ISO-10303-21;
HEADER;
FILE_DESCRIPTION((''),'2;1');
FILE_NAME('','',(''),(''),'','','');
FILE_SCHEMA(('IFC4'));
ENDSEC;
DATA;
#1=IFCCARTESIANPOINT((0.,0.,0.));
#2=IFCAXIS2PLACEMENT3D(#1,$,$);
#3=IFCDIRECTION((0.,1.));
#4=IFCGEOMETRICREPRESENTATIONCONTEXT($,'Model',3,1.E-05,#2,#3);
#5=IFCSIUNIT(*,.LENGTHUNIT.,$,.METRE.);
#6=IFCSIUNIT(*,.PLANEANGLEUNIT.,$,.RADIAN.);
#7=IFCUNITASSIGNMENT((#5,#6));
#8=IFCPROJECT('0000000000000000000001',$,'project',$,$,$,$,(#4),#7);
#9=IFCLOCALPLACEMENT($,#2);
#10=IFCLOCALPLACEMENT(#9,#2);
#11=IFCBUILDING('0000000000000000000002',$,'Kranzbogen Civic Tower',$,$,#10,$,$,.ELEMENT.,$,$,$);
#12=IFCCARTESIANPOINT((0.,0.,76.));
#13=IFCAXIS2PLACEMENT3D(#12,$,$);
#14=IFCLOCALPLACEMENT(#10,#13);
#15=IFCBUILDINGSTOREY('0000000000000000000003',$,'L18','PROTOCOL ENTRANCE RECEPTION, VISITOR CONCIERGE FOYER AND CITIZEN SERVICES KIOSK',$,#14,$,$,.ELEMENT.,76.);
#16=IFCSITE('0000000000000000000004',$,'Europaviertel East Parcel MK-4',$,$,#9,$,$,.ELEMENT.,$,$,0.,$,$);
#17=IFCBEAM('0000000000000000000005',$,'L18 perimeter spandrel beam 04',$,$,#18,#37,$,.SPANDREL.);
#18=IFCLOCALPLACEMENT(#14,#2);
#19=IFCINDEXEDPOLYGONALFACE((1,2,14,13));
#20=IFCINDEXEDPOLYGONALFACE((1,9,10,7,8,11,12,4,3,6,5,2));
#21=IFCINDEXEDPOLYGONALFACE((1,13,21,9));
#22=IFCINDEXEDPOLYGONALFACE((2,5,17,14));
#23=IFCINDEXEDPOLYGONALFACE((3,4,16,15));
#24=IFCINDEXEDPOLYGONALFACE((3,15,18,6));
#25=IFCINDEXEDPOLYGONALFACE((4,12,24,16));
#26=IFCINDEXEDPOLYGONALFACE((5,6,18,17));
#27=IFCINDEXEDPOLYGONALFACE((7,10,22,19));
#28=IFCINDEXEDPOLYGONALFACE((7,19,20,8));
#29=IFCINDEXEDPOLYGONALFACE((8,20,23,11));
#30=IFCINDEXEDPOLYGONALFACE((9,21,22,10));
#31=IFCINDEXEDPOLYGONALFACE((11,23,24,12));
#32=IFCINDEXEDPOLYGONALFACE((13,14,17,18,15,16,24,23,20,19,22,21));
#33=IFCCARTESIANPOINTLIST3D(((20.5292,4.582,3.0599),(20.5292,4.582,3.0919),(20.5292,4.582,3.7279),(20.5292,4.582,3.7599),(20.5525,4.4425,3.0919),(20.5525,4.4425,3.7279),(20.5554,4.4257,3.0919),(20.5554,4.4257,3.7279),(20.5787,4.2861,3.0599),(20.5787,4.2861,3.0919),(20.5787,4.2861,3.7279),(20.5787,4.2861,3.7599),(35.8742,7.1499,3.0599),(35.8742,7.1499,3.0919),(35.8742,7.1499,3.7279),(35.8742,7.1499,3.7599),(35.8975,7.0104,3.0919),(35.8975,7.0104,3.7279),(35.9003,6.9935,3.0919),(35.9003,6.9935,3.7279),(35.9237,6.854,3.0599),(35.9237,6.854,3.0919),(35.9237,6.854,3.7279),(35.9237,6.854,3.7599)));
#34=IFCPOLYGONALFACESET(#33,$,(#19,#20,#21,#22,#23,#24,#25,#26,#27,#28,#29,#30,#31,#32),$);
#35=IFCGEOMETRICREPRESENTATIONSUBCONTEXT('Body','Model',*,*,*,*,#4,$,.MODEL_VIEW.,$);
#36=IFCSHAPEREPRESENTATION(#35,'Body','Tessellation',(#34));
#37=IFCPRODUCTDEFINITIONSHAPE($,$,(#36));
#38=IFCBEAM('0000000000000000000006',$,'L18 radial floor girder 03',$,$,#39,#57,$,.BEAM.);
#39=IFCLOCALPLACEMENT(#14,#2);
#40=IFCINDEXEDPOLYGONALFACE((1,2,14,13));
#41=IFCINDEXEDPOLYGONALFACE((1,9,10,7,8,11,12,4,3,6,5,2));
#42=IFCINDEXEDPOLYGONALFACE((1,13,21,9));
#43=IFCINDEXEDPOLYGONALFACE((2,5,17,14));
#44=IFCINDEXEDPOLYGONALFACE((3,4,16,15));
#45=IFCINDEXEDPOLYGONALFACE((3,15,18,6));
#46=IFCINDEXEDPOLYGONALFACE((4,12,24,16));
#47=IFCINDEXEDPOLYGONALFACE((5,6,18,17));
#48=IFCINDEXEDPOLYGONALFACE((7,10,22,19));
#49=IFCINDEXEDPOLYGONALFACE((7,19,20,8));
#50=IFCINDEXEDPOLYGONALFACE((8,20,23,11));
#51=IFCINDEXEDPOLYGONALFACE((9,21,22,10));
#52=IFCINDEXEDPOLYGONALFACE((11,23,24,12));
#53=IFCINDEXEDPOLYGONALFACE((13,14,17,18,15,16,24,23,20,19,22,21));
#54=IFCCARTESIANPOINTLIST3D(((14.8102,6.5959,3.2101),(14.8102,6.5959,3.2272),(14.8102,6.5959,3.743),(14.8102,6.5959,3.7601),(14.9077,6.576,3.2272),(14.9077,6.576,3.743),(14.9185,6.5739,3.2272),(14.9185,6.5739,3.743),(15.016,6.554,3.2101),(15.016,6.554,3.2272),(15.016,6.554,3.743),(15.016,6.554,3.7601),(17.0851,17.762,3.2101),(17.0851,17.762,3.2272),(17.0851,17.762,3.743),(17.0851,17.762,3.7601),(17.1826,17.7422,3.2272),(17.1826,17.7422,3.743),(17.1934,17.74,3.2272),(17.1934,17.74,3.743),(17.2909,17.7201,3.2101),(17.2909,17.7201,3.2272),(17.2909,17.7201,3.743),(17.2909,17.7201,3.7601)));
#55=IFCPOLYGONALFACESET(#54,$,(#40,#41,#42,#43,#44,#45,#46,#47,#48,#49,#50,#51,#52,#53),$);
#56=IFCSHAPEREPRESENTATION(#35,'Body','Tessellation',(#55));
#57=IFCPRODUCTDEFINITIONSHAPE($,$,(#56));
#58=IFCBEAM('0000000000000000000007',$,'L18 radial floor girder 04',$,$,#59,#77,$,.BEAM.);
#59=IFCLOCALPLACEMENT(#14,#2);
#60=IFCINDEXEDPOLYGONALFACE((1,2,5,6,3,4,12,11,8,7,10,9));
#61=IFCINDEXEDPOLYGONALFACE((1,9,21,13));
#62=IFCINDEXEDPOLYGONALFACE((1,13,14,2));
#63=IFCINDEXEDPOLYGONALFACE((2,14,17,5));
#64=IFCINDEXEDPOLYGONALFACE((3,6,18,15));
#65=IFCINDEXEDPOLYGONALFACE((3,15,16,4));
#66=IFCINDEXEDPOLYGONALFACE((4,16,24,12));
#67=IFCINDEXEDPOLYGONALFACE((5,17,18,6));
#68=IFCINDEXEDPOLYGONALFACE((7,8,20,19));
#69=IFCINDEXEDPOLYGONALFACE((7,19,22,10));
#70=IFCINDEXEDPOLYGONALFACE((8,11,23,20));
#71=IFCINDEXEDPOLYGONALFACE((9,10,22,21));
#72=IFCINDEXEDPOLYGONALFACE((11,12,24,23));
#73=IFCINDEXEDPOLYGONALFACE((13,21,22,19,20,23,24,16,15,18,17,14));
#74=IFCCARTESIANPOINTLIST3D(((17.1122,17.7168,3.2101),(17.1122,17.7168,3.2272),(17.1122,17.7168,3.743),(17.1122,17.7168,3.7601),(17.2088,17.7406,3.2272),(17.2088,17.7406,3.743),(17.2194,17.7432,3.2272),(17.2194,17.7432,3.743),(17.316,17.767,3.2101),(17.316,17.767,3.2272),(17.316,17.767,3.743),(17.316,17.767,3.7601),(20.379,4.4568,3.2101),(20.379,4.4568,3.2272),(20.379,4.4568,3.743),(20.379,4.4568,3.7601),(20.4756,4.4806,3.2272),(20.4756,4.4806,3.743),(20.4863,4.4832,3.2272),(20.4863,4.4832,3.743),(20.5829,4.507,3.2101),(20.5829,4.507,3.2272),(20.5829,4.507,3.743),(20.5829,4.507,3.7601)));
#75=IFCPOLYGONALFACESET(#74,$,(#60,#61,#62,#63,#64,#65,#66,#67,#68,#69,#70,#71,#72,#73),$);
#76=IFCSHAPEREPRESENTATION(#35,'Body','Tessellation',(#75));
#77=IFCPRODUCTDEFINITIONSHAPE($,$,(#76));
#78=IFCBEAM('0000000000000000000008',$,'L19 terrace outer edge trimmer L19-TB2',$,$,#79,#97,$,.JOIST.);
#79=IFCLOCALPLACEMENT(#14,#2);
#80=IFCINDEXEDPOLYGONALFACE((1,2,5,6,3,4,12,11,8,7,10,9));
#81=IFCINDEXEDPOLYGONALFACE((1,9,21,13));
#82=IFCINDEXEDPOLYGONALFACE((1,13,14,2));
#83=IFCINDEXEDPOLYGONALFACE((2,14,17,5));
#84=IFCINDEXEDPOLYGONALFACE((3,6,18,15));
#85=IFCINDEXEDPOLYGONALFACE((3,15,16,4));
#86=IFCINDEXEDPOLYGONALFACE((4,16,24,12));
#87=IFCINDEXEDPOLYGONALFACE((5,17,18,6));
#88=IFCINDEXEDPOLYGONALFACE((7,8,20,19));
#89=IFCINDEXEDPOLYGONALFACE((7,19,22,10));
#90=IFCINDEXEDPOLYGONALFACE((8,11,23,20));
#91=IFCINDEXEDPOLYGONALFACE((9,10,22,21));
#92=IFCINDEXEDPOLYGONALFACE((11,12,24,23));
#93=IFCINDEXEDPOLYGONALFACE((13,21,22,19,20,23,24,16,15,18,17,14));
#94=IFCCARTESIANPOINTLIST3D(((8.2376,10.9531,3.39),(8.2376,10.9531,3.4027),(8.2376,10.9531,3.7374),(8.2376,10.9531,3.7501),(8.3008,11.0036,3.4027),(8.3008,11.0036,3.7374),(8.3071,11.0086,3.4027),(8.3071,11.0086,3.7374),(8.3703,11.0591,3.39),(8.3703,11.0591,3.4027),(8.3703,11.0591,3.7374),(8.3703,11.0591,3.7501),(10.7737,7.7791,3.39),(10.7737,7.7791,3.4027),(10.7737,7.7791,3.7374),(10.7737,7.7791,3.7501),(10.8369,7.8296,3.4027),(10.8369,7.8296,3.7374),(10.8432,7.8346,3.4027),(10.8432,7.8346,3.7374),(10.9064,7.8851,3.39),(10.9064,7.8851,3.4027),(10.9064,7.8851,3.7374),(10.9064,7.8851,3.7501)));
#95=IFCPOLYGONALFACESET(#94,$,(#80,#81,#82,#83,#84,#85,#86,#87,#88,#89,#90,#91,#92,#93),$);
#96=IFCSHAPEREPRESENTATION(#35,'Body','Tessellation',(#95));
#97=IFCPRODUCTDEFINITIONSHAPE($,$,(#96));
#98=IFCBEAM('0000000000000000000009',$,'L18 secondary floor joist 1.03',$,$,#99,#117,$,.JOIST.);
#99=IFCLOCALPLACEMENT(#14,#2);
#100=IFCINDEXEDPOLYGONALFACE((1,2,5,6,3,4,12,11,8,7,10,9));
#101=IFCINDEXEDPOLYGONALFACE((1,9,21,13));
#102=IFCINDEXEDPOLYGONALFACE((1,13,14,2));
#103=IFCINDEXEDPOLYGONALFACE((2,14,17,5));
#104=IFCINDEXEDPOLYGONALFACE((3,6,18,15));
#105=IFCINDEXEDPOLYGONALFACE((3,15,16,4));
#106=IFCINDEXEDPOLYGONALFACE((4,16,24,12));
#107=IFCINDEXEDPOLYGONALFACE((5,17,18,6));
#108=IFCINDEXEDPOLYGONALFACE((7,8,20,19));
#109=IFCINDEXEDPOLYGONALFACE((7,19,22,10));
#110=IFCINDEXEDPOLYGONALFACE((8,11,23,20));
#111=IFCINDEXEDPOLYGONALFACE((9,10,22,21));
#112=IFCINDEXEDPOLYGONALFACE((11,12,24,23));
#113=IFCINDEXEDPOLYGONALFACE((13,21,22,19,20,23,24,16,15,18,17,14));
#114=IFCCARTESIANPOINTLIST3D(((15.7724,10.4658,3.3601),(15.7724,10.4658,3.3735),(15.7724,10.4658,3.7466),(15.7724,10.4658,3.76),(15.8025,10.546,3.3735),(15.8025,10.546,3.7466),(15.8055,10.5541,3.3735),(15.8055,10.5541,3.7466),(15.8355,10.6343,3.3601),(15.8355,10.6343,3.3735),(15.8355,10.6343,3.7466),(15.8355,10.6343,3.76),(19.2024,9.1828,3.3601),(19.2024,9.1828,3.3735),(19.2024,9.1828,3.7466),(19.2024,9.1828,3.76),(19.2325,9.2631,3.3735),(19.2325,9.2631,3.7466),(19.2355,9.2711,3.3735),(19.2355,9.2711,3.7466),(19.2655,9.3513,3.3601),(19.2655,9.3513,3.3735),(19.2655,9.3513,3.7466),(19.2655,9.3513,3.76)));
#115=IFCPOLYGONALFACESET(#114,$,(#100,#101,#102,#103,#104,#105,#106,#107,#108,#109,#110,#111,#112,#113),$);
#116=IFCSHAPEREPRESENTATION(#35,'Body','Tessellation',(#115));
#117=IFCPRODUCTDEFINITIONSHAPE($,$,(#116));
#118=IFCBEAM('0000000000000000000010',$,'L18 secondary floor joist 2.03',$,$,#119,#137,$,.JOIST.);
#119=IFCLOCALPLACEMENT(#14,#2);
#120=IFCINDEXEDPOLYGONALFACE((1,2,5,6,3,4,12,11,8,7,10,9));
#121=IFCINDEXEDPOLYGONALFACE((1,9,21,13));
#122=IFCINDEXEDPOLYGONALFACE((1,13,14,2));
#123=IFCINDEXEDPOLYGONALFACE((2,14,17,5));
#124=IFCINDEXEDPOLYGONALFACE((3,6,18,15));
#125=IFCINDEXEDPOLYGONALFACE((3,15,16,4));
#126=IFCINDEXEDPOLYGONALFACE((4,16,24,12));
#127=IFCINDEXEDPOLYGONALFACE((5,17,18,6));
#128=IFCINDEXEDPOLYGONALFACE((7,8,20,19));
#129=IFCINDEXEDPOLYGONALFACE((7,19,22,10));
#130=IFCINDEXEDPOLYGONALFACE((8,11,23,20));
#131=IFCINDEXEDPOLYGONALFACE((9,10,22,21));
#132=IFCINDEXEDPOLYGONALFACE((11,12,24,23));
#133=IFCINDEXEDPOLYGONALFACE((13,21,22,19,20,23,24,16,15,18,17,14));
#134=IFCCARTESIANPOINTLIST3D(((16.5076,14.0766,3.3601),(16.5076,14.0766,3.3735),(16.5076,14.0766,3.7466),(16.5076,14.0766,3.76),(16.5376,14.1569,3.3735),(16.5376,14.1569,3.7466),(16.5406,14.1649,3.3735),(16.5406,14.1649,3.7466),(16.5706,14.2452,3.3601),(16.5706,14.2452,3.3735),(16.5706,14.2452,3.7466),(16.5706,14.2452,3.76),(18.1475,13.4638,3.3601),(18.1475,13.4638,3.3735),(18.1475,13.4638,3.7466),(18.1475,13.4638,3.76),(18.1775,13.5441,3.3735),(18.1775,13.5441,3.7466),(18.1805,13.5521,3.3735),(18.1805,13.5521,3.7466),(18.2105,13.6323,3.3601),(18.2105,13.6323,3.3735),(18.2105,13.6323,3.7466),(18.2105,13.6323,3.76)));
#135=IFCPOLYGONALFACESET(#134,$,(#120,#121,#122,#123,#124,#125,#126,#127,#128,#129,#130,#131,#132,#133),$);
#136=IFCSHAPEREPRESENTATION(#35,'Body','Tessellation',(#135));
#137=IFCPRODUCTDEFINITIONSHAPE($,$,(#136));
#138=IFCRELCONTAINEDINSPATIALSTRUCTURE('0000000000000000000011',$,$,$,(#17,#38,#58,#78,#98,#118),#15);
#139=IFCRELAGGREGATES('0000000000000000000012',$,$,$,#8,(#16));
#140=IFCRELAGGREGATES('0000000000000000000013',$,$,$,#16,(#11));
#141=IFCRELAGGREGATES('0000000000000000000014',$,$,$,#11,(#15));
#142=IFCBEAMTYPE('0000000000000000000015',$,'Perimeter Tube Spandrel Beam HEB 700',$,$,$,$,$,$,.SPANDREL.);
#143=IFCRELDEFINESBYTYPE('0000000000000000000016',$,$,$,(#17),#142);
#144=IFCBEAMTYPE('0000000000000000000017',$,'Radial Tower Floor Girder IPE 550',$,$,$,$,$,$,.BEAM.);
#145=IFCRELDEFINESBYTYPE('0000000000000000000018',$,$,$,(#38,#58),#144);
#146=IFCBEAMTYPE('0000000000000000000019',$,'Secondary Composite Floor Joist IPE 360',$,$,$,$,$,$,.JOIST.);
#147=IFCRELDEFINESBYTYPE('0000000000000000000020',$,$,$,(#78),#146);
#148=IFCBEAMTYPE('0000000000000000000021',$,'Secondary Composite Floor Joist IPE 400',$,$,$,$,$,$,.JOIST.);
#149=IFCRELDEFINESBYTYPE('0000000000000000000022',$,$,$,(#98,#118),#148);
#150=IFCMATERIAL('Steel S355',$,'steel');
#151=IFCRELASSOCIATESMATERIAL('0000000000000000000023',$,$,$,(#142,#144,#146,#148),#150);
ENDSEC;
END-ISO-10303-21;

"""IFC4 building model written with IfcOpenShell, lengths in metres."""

from ifc_helpers import new_model, si_unit, direction, frame, origin, origin_2d, place, context, subcontext, project, spatial, i_section, extrude, material, material_profile, profile_set, type_object, element, save


model = new_model("IFC4")

# Units and contexts
model_context = context("Model", 3, precision=1e-05, world=origin(), true_north=direction((0.0, 1.0)))
body_context = subcontext(model_context, "Body", "Model", "MODEL_VIEW")
ifc_project = project(units=[si_unit("LENGTHUNIT", "METRE"), si_unit("PLANEANGLEUNIT", "RADIAN")], contexts=[model_context])

# Site, building, storey
site_placement = place(None, origin())
site = spatial("IfcSite", under=ifc_project, at=site_placement, Name="Europaviertel East Parcel MK-4", CompositionType="ELEMENT", RefElevation=0.0)
building_placement = place(site_placement, origin())
building = spatial("IfcBuilding", under=site, at=building_placement, Name="Kranzbogen Civic Tower", CompositionType="ELEMENT")
storey_placement = place(building_placement, frame((0.0, 0.0, 76.0)))
storey = spatial("IfcBuildingStorey", under=building, at=storey_placement, Name="L18", Description="PROTOCOL ENTRANCE RECEPTION, VISITOR CONCIERGE FOYER AND CITIZEN SERVICES KIOSK", CompositionType="ELEMENT", Elevation=76.0)

# Shared definitions
ifc_material_1 = material(Name="Steel S355", Category="steel")

# Beams
ifc_material_profile_1 = material_profile(ifc_material_1, i_section(OverallWidth=0.3, OverallDepth=0.7, WebThickness=0.0171, FlangeThickness=0.032, at=origin_2d()), Name="HEB 700")
ifc_profile_set_1 = profile_set([ifc_material_profile_1], Name="Steel S355")
beam_type_1 = type_object("IfcBeamType", Name="Perimeter Tube Spandrel Beam HEB 700", PredefinedType="SPANDREL", material=ifc_profile_set_1)
beam_1_placement = place(storey_placement, frame((20.554, 4.4341, 3.4099), z_axis=(0.986286, 0.165048, 0.0), x_axis=(-0.165048, 0.986286, 0.0)))
element("IfcBeam", 1, at=beam_1_placement, inside=storey, type_object=beam_type_1, Name="L18 perimeter spandrel beam 04", PredefinedType="SPANDREL", context=body_context, shape_type="SweptSolid", body=[
    extrude(i_section(OverallWidth=0.3, OverallDepth=0.7, WebThickness=0.0171, FlangeThickness=0.032, at=origin_2d()), origin(), (0.0, 0.0, 1.0), 15.5583),
])
ifc_material_profile_2 = material_profile(ifc_material_1, i_section(OverallWidth=0.21, OverallDepth=0.55, WebThickness=0.011, FlangeThickness=0.0171, at=origin_2d()), Name="IPE 550")
ifc_profile_set_2 = profile_set([ifc_material_profile_2], Name="Steel S355")
beam_type_2 = type_object("IfcBeamType", Name="Radial Tower Floor Girder IPE 550", PredefinedType="BEAM", material=ifc_profile_set_2)
beam_2_placement = place(storey_placement, frame((14.9131, 6.575, 3.4851), z_axis=(0.199633, 0.979871, 0.0), x_axis=(-0.979871, 0.199633, 0.0)))
element("IfcBeam", 2, at=beam_2_placement, inside=storey, type_object=beam_type_2, Name="L18 radial floor girder 03", PredefinedType="BEAM", context=body_context, shape_type="SweptSolid", body=[
    extrude(i_section(OverallWidth=0.21, OverallDepth=0.55, WebThickness=0.011, FlangeThickness=0.0171, at=origin_2d()), origin(), (0.0, 0.0, 1.0), 11.3955),
])
beam_3_placement = place(storey_placement, frame((20.481, 4.4819, 3.4851), z_axis=(-0.239215, 0.970967, 0.0), x_axis=(-0.970967, -0.239215, 0.0)))
element("IfcBeam", 3, at=beam_3_placement, inside=storey, type_object=beam_type_2, Name="L18 radial floor girder 04", PredefinedType="BEAM", context=body_context, shape_type="SweptSolid", body=[
    extrude(i_section(OverallWidth=0.21, OverallDepth=0.55, WebThickness=0.011, FlangeThickness=0.0171, at=origin_2d()), origin(), (0.0, 0.0, 1.0), 13.6565),
])
ifc_material_profile_3 = material_profile(ifc_material_1, i_section(OverallWidth=0.1699, OverallDepth=0.3601, WebThickness=0.0081, FlangeThickness=0.0127, at=origin_2d()), Name="IPE 360")
ifc_profile_set_3 = profile_set([ifc_material_profile_3], Name="Steel S355")
beam_type_3 = type_object("IfcBeamType", Name="Secondary Composite Floor Joist IPE 360", PredefinedType="JOIST", material=ifc_profile_set_3)
beam_4_placement = place(storey_placement, frame((8.304, 11.0061, 3.5701), z_axis=(0.624226, -0.781244, 0.0), x_axis=(0.781244, 0.624226, 0.0)))
element("IfcBeam", 4, at=beam_4_placement, inside=storey, type_object=beam_type_3, Name="L19 terrace outer edge trimmer L19-TB2", PredefinedType="JOIST", context=body_context, shape_type="SweptSolid", body=[
    extrude(i_section(OverallWidth=0.1699, OverallDepth=0.3601, WebThickness=0.0081, FlangeThickness=0.0127, at=origin_2d()), origin(), (0.0, 0.0, 1.0), 4.0627),
])
ifc_material_profile_4 = material_profile(ifc_material_1, i_section(OverallWidth=0.1799, OverallDepth=0.3999, WebThickness=0.0085, FlangeThickness=0.0134, at=origin_2d()), Name="IPE 400")
ifc_profile_set_4 = profile_set([ifc_material_profile_4], Name="Steel S355")
beam_type_4 = type_object("IfcBeamType", Name="Secondary Composite Floor Joist IPE 400", PredefinedType="JOIST", material=ifc_profile_set_4)
beam_5_placement = place(storey_placement, frame((15.804, 10.55, 3.5601), z_axis=(0.936622, -0.350342, 0.0), x_axis=(0.350342, 0.936622, 0.0)))
element("IfcBeam", 5, at=beam_5_placement, inside=storey, type_object=beam_type_4, Name="L18 secondary floor joist 1.03", PredefinedType="JOIST", context=body_context, shape_type="SweptSolid", body=[
    extrude(i_section(OverallWidth=0.1799, OverallDepth=0.3999, WebThickness=0.0085, FlangeThickness=0.0134, at=origin_2d()), origin(), (0.0, 0.0, 1.0), 3.6621),
])
beam_6_placement = place(storey_placement, frame((16.5391, 14.1609, 3.5601), z_axis=(0.936735, -0.350038, 0.0), x_axis=(0.350038, 0.936735, 0.0)))
element("IfcBeam", 6, at=beam_6_placement, inside=storey, type_object=beam_type_4, Name="L18 secondary floor joist 2.03", PredefinedType="JOIST", context=body_context, shape_type="SweptSolid", body=[
    extrude(i_section(OverallWidth=0.1799, OverallDepth=0.3999, WebThickness=0.0085, FlangeThickness=0.0134, at=origin_2d()), origin(), (0.0, 0.0, 1.0), 1.7507),
])

save(model, "model.ifc")
